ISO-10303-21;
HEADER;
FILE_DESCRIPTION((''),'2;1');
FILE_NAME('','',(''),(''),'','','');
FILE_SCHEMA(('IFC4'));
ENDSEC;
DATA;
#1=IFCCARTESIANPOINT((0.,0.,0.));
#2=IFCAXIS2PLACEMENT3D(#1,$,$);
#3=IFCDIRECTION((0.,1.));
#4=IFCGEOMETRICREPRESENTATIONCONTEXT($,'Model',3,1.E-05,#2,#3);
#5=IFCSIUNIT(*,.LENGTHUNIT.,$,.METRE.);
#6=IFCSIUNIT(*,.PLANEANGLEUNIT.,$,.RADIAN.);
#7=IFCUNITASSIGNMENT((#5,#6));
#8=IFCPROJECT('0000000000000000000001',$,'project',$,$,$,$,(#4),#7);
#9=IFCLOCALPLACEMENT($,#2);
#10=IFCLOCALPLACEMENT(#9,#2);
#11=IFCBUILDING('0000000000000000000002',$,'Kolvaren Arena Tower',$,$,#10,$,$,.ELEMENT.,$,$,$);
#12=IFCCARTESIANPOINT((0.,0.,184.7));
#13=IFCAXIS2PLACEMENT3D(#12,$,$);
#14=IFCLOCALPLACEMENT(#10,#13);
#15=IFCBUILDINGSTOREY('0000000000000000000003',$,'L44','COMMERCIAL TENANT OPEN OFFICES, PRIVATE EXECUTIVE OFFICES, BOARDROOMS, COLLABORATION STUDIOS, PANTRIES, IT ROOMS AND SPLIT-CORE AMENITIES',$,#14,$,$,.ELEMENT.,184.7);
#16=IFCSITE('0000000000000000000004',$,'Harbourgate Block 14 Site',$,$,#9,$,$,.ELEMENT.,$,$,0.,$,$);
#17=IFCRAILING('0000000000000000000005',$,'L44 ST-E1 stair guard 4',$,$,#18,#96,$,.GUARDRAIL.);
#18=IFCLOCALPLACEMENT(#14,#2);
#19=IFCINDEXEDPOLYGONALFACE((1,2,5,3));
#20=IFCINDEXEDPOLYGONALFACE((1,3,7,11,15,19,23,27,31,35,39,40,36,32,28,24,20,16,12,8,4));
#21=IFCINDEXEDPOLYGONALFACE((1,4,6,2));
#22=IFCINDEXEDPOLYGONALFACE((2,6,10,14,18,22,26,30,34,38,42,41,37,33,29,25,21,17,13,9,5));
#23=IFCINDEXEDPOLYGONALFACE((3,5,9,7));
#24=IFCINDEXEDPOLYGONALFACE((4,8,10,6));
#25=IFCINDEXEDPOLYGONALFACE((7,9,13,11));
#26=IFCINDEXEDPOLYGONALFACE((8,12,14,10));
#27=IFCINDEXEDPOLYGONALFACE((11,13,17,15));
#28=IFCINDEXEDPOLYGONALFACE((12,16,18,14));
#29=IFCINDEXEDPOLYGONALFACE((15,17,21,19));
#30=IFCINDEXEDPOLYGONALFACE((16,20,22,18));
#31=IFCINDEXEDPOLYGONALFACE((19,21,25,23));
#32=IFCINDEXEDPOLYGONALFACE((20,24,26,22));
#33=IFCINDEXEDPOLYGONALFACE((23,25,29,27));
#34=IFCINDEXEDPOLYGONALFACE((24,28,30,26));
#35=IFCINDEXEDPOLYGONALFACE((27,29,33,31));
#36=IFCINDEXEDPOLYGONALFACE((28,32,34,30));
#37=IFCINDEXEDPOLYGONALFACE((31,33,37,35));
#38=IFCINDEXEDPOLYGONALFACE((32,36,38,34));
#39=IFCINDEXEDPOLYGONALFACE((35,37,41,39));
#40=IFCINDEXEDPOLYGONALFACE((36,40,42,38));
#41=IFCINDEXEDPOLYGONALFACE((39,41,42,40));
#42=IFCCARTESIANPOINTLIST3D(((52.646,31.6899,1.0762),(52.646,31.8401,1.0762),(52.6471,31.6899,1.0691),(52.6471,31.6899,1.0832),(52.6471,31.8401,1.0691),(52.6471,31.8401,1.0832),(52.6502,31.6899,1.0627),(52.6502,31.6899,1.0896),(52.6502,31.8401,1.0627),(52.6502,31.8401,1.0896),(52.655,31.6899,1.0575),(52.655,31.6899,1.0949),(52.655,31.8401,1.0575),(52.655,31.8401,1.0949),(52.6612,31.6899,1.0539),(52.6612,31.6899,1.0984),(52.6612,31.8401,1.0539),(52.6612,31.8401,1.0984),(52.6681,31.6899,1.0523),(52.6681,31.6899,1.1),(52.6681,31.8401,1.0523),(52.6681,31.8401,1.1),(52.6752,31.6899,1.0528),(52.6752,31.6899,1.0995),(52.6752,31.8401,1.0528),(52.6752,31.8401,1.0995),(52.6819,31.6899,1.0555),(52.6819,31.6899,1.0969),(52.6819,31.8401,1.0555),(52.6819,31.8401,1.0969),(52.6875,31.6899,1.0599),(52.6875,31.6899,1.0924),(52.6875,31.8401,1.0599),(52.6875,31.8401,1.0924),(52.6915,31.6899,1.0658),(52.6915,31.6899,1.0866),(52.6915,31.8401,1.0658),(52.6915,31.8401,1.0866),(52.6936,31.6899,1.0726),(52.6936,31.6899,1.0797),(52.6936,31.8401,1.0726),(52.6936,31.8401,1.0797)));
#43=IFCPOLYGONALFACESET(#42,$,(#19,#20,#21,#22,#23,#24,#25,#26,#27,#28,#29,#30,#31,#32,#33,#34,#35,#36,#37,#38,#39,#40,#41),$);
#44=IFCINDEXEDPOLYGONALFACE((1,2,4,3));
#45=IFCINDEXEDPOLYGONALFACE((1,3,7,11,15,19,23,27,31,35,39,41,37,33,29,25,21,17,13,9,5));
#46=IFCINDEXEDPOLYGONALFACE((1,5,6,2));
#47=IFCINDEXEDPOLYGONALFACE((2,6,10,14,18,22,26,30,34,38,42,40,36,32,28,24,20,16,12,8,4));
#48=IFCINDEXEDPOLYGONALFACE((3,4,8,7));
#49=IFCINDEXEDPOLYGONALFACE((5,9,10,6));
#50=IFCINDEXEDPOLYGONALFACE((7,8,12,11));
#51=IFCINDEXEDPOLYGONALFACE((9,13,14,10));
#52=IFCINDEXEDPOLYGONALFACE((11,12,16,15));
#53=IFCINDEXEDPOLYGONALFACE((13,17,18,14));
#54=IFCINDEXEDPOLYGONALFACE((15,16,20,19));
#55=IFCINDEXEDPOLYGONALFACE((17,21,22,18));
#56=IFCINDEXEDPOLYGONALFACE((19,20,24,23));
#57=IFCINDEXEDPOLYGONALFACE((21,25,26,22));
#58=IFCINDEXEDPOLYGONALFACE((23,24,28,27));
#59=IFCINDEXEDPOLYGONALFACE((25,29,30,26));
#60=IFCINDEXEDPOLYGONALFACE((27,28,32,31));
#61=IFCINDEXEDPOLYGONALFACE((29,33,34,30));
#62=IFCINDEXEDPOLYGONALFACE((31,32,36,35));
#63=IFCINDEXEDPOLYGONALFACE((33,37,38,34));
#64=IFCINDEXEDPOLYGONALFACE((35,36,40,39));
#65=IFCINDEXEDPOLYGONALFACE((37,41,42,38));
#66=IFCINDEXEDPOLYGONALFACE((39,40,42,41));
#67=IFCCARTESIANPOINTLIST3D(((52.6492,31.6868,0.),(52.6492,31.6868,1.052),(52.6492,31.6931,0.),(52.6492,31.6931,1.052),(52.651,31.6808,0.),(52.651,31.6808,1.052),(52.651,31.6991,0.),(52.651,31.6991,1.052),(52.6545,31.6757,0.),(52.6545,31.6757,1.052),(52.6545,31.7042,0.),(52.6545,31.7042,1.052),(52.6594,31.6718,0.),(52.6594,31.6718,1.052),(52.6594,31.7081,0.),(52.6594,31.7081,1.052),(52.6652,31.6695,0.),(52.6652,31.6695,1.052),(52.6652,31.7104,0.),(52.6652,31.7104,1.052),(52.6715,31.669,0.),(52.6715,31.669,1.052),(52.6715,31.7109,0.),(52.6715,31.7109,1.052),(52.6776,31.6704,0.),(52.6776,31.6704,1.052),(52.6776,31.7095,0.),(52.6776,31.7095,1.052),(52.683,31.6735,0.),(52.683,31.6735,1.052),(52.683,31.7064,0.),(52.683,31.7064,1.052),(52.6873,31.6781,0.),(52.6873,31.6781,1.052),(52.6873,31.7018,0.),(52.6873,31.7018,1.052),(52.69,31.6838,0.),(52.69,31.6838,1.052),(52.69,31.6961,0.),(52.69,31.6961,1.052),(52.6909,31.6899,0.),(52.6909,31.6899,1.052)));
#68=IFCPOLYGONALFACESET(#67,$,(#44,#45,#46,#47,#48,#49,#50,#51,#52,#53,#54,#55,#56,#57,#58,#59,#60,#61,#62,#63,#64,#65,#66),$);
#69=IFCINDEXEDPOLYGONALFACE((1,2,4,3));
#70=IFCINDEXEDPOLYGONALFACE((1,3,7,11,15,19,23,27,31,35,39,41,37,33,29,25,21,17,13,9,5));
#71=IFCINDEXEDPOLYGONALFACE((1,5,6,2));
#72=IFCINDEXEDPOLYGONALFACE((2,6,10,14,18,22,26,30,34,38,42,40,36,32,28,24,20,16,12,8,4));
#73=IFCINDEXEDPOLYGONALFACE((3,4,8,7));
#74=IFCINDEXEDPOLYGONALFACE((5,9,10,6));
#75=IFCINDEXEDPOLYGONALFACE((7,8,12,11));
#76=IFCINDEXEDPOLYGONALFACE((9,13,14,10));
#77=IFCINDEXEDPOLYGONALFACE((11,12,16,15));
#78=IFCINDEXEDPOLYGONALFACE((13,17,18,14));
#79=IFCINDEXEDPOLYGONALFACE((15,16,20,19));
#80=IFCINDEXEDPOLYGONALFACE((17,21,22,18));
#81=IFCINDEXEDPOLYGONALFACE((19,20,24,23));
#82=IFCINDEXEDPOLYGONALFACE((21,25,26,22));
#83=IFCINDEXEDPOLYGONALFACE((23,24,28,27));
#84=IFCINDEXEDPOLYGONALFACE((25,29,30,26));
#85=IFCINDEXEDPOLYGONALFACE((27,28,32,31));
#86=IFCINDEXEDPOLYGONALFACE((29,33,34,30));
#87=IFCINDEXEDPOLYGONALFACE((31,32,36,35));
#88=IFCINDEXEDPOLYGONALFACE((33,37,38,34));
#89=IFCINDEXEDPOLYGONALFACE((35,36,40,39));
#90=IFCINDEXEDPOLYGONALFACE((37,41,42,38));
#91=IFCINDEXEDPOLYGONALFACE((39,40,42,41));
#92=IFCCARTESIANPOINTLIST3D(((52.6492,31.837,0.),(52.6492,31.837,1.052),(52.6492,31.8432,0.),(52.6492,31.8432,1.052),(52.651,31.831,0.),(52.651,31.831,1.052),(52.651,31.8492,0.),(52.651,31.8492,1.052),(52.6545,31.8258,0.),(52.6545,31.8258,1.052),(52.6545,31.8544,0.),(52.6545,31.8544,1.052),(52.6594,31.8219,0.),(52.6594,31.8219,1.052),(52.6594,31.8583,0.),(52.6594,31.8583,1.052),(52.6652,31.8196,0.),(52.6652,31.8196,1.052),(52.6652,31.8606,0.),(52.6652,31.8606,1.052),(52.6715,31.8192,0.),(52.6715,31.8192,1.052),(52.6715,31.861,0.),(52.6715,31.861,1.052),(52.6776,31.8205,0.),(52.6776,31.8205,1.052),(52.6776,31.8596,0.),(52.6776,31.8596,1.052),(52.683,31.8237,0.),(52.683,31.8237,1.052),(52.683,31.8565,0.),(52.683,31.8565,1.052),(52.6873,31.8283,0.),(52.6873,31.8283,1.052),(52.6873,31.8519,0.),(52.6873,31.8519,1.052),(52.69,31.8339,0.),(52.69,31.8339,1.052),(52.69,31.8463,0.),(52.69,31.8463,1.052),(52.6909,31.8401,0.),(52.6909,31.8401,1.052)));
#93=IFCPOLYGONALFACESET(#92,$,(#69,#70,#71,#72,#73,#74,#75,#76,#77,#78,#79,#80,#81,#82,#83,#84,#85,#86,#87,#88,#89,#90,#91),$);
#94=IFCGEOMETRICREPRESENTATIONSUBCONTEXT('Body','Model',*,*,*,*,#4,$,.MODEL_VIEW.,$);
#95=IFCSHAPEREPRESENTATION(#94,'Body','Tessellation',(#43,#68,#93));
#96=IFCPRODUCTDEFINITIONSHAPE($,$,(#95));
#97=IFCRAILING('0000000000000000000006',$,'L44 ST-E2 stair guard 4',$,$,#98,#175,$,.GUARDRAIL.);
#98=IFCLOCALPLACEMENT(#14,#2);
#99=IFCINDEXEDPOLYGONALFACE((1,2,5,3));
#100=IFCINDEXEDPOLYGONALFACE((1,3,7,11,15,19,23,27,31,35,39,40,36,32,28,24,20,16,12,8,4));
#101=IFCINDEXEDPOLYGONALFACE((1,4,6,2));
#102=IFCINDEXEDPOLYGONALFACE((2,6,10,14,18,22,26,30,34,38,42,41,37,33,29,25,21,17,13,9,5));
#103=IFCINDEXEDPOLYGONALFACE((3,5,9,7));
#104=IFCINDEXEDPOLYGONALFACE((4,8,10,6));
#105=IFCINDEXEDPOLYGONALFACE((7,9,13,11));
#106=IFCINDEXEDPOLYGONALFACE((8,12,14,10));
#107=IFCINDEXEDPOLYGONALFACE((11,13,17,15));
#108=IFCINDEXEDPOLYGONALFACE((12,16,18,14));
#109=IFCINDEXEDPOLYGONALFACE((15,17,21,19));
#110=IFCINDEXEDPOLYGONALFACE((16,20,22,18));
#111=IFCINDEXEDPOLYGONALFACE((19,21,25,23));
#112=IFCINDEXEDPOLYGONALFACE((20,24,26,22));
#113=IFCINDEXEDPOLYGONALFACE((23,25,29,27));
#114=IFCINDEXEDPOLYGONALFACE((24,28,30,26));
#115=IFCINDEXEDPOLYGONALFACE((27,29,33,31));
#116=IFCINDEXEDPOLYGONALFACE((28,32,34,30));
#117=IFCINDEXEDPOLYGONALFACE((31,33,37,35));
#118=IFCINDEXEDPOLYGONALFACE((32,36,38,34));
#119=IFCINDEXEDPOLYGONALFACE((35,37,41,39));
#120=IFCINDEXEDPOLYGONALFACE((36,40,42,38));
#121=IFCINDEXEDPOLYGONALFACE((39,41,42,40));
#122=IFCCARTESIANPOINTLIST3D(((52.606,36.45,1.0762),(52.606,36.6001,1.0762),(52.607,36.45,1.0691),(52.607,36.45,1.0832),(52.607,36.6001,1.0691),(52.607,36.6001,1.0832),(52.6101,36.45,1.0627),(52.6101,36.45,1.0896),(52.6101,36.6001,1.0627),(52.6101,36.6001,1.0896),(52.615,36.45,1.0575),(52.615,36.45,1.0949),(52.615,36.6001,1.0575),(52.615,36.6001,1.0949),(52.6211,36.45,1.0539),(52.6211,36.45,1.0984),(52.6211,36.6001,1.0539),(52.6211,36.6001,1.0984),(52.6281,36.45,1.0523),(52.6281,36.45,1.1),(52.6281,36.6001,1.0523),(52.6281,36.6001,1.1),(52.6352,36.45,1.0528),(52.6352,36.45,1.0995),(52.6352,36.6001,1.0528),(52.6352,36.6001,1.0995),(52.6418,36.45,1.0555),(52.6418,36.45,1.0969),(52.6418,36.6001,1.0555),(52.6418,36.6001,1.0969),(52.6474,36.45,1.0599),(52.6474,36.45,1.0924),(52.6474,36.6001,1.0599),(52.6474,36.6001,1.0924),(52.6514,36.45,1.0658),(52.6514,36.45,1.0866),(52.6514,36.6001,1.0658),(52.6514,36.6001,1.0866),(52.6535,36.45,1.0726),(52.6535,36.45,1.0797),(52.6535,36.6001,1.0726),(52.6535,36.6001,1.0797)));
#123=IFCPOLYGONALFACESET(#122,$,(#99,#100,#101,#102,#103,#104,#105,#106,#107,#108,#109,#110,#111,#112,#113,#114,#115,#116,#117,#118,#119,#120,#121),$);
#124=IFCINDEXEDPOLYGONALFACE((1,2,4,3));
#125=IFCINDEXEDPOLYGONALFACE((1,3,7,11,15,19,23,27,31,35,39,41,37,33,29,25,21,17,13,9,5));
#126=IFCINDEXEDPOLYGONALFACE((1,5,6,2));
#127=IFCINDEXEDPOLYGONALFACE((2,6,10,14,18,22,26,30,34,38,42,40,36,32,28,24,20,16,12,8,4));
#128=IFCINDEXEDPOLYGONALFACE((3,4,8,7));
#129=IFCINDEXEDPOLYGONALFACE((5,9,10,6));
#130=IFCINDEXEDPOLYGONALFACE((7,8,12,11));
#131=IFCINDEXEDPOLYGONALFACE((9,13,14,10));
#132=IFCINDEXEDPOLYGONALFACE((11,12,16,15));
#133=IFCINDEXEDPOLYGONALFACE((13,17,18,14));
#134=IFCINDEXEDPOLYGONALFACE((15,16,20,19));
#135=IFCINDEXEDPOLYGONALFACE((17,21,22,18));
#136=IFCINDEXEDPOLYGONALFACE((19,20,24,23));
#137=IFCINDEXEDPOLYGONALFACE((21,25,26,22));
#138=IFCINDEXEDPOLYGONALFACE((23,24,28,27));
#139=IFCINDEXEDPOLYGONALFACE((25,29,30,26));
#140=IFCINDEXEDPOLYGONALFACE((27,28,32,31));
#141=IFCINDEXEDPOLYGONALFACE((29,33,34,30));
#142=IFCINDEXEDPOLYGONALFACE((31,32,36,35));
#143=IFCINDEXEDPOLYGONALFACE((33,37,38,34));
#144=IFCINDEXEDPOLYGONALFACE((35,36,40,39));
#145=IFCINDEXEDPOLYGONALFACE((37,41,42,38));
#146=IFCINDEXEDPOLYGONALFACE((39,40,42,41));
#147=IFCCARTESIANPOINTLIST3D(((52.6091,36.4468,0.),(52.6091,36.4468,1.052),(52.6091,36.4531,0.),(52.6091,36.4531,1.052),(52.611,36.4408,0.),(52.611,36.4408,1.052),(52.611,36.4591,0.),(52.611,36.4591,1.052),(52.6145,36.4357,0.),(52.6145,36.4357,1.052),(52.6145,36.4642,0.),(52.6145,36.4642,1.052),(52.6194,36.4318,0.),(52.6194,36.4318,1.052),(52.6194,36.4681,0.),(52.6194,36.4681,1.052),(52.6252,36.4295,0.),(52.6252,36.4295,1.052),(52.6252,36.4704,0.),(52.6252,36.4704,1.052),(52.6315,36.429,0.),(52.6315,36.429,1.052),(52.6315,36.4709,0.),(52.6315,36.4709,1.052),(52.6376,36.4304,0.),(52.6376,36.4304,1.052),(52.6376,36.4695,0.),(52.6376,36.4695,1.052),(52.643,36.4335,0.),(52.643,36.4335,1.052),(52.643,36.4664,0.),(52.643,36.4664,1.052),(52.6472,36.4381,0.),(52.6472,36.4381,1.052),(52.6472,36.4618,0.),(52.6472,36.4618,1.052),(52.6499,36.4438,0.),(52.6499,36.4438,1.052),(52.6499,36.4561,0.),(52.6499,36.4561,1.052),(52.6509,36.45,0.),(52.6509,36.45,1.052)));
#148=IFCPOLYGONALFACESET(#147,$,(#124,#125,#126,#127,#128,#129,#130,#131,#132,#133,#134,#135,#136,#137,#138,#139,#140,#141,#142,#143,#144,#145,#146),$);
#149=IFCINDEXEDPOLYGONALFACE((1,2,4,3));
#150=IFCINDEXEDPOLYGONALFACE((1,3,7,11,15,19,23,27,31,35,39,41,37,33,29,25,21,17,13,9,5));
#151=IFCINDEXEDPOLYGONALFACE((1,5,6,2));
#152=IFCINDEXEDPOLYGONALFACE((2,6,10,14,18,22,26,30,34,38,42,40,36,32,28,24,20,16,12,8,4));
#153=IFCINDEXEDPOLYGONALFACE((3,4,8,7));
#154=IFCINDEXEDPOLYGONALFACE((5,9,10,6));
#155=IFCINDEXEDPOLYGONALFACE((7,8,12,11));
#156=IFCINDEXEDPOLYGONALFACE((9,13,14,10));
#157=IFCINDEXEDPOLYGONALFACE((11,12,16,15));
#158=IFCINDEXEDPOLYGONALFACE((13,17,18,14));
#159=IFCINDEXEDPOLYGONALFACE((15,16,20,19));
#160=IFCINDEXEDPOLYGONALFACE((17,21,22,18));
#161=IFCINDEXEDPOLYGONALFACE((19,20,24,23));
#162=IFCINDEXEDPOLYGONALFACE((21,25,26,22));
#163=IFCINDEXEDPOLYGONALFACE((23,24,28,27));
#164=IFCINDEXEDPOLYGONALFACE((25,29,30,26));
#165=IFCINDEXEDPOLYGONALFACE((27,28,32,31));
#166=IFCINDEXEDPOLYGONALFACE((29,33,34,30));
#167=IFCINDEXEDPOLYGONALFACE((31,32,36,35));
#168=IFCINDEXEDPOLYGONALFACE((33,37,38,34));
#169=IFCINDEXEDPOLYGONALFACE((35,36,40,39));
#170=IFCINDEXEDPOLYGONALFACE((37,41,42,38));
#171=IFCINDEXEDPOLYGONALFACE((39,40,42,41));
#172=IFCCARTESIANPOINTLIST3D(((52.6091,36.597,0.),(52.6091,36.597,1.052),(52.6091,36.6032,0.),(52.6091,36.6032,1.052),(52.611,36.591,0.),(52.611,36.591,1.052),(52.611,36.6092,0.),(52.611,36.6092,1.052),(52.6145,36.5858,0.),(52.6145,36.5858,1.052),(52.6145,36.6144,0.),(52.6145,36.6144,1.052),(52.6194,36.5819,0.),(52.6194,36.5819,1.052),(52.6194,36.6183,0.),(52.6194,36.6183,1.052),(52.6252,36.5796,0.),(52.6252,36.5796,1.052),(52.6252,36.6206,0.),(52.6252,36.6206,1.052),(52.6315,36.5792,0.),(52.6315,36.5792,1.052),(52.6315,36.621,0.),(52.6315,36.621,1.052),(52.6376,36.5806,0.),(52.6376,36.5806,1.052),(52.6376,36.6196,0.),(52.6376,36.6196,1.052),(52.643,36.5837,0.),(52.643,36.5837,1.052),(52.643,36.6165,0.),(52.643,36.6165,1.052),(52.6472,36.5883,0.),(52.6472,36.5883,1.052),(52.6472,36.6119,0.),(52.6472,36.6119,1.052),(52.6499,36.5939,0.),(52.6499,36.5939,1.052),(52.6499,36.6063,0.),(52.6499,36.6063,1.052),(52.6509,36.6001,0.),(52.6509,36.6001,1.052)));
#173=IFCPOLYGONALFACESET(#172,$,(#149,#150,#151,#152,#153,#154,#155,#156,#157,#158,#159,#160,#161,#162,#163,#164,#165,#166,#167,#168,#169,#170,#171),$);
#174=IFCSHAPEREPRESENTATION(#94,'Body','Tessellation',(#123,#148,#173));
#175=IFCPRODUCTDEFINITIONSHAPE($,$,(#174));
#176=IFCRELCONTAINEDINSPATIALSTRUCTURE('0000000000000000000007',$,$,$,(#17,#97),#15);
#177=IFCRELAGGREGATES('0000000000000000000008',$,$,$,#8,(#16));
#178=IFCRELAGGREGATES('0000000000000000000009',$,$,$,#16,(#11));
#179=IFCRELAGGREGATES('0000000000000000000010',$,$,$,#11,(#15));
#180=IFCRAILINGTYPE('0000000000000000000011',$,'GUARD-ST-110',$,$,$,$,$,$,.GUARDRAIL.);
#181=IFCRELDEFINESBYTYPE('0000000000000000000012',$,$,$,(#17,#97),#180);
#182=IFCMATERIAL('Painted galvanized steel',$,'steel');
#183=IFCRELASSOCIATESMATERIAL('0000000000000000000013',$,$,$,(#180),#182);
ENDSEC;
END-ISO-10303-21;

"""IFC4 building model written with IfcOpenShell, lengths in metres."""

from ifc_helpers import new_model, si_unit, direction, frame, origin, origin_2d, place, context, subcontext, project, spatial, circle, extrude, material, type_object, element, save


model = new_model("IFC4")

# Units and contexts
model_context = context("Model", 3, precision=1e-05, world=origin(), true_north=direction((0.0, 1.0)))
body_context = subcontext(model_context, "Body", "Model", "MODEL_VIEW")
ifc_project = project(units=[si_unit("LENGTHUNIT", "METRE"), si_unit("PLANEANGLEUNIT", "RADIAN")], contexts=[model_context])

# Site, building, storey
site_placement = place(None, origin())
site = spatial("IfcSite", under=ifc_project, at=site_placement, Name="Harbourgate Block 14 Site", CompositionType="ELEMENT", RefElevation=0.0)
building_placement = place(site_placement, origin())
building = spatial("IfcBuilding", under=site, at=building_placement, Name="Kolvaren Arena Tower", CompositionType="ELEMENT")
storey_placement = place(building_placement, frame((0.0, 0.0, 184.7)))
storey = spatial("IfcBuildingStorey", under=building, at=storey_placement, Name="L44", Description="COMMERCIAL TENANT OPEN OFFICES, PRIVATE EXECUTIVE OFFICES, BOARDROOMS, COLLABORATION STUDIOS, PANTRIES, IT ROOMS AND SPLIT-CORE AMENITIES", CompositionType="ELEMENT", Elevation=184.7)

# Railings
ifc_material_1 = material(Name="Painted galvanized steel", Category="steel")
railing_type_1 = type_object("IfcRailingType", Name="GUARD-ST-110", PredefinedType="GUARDRAIL", material=ifc_material_1)
for number, where, name in (
    (1, (52.6699, 31.6899, 0.0), "L44 ST-E1 stair guard 4"),
    (2, (52.6299, 36.45, 0.0), "L44 ST-E2 stair guard 4"),
):
    element("IfcRailing", number, at=place(storey_placement, frame(where)), inside=storey, type_object=railing_type_1, Name=name, PredefinedType="GUARDRAIL", context=body_context, shape_type="SweptSolid", body=[
        extrude(circle(Radius=0.0239, at=origin_2d()), frame((0.0, 0.0, 1.0762), z_axis=(0.0, 1.0, 0.0), x_axis=(-1.0, 0.0, 0.0)), (0.0, 0.0, 1.0), 0.1501),
        extrude(circle(Radius=0.021, at=origin_2d()), origin(), (0.0, 0.0, 1.0), 1.052),
        extrude(circle(Radius=0.021, at=origin_2d()), frame((0.0, 0.1501, 0.0)), (0.0, 0.0, 1.0), 1.052),
    ])

save(model, "model.ifc")
